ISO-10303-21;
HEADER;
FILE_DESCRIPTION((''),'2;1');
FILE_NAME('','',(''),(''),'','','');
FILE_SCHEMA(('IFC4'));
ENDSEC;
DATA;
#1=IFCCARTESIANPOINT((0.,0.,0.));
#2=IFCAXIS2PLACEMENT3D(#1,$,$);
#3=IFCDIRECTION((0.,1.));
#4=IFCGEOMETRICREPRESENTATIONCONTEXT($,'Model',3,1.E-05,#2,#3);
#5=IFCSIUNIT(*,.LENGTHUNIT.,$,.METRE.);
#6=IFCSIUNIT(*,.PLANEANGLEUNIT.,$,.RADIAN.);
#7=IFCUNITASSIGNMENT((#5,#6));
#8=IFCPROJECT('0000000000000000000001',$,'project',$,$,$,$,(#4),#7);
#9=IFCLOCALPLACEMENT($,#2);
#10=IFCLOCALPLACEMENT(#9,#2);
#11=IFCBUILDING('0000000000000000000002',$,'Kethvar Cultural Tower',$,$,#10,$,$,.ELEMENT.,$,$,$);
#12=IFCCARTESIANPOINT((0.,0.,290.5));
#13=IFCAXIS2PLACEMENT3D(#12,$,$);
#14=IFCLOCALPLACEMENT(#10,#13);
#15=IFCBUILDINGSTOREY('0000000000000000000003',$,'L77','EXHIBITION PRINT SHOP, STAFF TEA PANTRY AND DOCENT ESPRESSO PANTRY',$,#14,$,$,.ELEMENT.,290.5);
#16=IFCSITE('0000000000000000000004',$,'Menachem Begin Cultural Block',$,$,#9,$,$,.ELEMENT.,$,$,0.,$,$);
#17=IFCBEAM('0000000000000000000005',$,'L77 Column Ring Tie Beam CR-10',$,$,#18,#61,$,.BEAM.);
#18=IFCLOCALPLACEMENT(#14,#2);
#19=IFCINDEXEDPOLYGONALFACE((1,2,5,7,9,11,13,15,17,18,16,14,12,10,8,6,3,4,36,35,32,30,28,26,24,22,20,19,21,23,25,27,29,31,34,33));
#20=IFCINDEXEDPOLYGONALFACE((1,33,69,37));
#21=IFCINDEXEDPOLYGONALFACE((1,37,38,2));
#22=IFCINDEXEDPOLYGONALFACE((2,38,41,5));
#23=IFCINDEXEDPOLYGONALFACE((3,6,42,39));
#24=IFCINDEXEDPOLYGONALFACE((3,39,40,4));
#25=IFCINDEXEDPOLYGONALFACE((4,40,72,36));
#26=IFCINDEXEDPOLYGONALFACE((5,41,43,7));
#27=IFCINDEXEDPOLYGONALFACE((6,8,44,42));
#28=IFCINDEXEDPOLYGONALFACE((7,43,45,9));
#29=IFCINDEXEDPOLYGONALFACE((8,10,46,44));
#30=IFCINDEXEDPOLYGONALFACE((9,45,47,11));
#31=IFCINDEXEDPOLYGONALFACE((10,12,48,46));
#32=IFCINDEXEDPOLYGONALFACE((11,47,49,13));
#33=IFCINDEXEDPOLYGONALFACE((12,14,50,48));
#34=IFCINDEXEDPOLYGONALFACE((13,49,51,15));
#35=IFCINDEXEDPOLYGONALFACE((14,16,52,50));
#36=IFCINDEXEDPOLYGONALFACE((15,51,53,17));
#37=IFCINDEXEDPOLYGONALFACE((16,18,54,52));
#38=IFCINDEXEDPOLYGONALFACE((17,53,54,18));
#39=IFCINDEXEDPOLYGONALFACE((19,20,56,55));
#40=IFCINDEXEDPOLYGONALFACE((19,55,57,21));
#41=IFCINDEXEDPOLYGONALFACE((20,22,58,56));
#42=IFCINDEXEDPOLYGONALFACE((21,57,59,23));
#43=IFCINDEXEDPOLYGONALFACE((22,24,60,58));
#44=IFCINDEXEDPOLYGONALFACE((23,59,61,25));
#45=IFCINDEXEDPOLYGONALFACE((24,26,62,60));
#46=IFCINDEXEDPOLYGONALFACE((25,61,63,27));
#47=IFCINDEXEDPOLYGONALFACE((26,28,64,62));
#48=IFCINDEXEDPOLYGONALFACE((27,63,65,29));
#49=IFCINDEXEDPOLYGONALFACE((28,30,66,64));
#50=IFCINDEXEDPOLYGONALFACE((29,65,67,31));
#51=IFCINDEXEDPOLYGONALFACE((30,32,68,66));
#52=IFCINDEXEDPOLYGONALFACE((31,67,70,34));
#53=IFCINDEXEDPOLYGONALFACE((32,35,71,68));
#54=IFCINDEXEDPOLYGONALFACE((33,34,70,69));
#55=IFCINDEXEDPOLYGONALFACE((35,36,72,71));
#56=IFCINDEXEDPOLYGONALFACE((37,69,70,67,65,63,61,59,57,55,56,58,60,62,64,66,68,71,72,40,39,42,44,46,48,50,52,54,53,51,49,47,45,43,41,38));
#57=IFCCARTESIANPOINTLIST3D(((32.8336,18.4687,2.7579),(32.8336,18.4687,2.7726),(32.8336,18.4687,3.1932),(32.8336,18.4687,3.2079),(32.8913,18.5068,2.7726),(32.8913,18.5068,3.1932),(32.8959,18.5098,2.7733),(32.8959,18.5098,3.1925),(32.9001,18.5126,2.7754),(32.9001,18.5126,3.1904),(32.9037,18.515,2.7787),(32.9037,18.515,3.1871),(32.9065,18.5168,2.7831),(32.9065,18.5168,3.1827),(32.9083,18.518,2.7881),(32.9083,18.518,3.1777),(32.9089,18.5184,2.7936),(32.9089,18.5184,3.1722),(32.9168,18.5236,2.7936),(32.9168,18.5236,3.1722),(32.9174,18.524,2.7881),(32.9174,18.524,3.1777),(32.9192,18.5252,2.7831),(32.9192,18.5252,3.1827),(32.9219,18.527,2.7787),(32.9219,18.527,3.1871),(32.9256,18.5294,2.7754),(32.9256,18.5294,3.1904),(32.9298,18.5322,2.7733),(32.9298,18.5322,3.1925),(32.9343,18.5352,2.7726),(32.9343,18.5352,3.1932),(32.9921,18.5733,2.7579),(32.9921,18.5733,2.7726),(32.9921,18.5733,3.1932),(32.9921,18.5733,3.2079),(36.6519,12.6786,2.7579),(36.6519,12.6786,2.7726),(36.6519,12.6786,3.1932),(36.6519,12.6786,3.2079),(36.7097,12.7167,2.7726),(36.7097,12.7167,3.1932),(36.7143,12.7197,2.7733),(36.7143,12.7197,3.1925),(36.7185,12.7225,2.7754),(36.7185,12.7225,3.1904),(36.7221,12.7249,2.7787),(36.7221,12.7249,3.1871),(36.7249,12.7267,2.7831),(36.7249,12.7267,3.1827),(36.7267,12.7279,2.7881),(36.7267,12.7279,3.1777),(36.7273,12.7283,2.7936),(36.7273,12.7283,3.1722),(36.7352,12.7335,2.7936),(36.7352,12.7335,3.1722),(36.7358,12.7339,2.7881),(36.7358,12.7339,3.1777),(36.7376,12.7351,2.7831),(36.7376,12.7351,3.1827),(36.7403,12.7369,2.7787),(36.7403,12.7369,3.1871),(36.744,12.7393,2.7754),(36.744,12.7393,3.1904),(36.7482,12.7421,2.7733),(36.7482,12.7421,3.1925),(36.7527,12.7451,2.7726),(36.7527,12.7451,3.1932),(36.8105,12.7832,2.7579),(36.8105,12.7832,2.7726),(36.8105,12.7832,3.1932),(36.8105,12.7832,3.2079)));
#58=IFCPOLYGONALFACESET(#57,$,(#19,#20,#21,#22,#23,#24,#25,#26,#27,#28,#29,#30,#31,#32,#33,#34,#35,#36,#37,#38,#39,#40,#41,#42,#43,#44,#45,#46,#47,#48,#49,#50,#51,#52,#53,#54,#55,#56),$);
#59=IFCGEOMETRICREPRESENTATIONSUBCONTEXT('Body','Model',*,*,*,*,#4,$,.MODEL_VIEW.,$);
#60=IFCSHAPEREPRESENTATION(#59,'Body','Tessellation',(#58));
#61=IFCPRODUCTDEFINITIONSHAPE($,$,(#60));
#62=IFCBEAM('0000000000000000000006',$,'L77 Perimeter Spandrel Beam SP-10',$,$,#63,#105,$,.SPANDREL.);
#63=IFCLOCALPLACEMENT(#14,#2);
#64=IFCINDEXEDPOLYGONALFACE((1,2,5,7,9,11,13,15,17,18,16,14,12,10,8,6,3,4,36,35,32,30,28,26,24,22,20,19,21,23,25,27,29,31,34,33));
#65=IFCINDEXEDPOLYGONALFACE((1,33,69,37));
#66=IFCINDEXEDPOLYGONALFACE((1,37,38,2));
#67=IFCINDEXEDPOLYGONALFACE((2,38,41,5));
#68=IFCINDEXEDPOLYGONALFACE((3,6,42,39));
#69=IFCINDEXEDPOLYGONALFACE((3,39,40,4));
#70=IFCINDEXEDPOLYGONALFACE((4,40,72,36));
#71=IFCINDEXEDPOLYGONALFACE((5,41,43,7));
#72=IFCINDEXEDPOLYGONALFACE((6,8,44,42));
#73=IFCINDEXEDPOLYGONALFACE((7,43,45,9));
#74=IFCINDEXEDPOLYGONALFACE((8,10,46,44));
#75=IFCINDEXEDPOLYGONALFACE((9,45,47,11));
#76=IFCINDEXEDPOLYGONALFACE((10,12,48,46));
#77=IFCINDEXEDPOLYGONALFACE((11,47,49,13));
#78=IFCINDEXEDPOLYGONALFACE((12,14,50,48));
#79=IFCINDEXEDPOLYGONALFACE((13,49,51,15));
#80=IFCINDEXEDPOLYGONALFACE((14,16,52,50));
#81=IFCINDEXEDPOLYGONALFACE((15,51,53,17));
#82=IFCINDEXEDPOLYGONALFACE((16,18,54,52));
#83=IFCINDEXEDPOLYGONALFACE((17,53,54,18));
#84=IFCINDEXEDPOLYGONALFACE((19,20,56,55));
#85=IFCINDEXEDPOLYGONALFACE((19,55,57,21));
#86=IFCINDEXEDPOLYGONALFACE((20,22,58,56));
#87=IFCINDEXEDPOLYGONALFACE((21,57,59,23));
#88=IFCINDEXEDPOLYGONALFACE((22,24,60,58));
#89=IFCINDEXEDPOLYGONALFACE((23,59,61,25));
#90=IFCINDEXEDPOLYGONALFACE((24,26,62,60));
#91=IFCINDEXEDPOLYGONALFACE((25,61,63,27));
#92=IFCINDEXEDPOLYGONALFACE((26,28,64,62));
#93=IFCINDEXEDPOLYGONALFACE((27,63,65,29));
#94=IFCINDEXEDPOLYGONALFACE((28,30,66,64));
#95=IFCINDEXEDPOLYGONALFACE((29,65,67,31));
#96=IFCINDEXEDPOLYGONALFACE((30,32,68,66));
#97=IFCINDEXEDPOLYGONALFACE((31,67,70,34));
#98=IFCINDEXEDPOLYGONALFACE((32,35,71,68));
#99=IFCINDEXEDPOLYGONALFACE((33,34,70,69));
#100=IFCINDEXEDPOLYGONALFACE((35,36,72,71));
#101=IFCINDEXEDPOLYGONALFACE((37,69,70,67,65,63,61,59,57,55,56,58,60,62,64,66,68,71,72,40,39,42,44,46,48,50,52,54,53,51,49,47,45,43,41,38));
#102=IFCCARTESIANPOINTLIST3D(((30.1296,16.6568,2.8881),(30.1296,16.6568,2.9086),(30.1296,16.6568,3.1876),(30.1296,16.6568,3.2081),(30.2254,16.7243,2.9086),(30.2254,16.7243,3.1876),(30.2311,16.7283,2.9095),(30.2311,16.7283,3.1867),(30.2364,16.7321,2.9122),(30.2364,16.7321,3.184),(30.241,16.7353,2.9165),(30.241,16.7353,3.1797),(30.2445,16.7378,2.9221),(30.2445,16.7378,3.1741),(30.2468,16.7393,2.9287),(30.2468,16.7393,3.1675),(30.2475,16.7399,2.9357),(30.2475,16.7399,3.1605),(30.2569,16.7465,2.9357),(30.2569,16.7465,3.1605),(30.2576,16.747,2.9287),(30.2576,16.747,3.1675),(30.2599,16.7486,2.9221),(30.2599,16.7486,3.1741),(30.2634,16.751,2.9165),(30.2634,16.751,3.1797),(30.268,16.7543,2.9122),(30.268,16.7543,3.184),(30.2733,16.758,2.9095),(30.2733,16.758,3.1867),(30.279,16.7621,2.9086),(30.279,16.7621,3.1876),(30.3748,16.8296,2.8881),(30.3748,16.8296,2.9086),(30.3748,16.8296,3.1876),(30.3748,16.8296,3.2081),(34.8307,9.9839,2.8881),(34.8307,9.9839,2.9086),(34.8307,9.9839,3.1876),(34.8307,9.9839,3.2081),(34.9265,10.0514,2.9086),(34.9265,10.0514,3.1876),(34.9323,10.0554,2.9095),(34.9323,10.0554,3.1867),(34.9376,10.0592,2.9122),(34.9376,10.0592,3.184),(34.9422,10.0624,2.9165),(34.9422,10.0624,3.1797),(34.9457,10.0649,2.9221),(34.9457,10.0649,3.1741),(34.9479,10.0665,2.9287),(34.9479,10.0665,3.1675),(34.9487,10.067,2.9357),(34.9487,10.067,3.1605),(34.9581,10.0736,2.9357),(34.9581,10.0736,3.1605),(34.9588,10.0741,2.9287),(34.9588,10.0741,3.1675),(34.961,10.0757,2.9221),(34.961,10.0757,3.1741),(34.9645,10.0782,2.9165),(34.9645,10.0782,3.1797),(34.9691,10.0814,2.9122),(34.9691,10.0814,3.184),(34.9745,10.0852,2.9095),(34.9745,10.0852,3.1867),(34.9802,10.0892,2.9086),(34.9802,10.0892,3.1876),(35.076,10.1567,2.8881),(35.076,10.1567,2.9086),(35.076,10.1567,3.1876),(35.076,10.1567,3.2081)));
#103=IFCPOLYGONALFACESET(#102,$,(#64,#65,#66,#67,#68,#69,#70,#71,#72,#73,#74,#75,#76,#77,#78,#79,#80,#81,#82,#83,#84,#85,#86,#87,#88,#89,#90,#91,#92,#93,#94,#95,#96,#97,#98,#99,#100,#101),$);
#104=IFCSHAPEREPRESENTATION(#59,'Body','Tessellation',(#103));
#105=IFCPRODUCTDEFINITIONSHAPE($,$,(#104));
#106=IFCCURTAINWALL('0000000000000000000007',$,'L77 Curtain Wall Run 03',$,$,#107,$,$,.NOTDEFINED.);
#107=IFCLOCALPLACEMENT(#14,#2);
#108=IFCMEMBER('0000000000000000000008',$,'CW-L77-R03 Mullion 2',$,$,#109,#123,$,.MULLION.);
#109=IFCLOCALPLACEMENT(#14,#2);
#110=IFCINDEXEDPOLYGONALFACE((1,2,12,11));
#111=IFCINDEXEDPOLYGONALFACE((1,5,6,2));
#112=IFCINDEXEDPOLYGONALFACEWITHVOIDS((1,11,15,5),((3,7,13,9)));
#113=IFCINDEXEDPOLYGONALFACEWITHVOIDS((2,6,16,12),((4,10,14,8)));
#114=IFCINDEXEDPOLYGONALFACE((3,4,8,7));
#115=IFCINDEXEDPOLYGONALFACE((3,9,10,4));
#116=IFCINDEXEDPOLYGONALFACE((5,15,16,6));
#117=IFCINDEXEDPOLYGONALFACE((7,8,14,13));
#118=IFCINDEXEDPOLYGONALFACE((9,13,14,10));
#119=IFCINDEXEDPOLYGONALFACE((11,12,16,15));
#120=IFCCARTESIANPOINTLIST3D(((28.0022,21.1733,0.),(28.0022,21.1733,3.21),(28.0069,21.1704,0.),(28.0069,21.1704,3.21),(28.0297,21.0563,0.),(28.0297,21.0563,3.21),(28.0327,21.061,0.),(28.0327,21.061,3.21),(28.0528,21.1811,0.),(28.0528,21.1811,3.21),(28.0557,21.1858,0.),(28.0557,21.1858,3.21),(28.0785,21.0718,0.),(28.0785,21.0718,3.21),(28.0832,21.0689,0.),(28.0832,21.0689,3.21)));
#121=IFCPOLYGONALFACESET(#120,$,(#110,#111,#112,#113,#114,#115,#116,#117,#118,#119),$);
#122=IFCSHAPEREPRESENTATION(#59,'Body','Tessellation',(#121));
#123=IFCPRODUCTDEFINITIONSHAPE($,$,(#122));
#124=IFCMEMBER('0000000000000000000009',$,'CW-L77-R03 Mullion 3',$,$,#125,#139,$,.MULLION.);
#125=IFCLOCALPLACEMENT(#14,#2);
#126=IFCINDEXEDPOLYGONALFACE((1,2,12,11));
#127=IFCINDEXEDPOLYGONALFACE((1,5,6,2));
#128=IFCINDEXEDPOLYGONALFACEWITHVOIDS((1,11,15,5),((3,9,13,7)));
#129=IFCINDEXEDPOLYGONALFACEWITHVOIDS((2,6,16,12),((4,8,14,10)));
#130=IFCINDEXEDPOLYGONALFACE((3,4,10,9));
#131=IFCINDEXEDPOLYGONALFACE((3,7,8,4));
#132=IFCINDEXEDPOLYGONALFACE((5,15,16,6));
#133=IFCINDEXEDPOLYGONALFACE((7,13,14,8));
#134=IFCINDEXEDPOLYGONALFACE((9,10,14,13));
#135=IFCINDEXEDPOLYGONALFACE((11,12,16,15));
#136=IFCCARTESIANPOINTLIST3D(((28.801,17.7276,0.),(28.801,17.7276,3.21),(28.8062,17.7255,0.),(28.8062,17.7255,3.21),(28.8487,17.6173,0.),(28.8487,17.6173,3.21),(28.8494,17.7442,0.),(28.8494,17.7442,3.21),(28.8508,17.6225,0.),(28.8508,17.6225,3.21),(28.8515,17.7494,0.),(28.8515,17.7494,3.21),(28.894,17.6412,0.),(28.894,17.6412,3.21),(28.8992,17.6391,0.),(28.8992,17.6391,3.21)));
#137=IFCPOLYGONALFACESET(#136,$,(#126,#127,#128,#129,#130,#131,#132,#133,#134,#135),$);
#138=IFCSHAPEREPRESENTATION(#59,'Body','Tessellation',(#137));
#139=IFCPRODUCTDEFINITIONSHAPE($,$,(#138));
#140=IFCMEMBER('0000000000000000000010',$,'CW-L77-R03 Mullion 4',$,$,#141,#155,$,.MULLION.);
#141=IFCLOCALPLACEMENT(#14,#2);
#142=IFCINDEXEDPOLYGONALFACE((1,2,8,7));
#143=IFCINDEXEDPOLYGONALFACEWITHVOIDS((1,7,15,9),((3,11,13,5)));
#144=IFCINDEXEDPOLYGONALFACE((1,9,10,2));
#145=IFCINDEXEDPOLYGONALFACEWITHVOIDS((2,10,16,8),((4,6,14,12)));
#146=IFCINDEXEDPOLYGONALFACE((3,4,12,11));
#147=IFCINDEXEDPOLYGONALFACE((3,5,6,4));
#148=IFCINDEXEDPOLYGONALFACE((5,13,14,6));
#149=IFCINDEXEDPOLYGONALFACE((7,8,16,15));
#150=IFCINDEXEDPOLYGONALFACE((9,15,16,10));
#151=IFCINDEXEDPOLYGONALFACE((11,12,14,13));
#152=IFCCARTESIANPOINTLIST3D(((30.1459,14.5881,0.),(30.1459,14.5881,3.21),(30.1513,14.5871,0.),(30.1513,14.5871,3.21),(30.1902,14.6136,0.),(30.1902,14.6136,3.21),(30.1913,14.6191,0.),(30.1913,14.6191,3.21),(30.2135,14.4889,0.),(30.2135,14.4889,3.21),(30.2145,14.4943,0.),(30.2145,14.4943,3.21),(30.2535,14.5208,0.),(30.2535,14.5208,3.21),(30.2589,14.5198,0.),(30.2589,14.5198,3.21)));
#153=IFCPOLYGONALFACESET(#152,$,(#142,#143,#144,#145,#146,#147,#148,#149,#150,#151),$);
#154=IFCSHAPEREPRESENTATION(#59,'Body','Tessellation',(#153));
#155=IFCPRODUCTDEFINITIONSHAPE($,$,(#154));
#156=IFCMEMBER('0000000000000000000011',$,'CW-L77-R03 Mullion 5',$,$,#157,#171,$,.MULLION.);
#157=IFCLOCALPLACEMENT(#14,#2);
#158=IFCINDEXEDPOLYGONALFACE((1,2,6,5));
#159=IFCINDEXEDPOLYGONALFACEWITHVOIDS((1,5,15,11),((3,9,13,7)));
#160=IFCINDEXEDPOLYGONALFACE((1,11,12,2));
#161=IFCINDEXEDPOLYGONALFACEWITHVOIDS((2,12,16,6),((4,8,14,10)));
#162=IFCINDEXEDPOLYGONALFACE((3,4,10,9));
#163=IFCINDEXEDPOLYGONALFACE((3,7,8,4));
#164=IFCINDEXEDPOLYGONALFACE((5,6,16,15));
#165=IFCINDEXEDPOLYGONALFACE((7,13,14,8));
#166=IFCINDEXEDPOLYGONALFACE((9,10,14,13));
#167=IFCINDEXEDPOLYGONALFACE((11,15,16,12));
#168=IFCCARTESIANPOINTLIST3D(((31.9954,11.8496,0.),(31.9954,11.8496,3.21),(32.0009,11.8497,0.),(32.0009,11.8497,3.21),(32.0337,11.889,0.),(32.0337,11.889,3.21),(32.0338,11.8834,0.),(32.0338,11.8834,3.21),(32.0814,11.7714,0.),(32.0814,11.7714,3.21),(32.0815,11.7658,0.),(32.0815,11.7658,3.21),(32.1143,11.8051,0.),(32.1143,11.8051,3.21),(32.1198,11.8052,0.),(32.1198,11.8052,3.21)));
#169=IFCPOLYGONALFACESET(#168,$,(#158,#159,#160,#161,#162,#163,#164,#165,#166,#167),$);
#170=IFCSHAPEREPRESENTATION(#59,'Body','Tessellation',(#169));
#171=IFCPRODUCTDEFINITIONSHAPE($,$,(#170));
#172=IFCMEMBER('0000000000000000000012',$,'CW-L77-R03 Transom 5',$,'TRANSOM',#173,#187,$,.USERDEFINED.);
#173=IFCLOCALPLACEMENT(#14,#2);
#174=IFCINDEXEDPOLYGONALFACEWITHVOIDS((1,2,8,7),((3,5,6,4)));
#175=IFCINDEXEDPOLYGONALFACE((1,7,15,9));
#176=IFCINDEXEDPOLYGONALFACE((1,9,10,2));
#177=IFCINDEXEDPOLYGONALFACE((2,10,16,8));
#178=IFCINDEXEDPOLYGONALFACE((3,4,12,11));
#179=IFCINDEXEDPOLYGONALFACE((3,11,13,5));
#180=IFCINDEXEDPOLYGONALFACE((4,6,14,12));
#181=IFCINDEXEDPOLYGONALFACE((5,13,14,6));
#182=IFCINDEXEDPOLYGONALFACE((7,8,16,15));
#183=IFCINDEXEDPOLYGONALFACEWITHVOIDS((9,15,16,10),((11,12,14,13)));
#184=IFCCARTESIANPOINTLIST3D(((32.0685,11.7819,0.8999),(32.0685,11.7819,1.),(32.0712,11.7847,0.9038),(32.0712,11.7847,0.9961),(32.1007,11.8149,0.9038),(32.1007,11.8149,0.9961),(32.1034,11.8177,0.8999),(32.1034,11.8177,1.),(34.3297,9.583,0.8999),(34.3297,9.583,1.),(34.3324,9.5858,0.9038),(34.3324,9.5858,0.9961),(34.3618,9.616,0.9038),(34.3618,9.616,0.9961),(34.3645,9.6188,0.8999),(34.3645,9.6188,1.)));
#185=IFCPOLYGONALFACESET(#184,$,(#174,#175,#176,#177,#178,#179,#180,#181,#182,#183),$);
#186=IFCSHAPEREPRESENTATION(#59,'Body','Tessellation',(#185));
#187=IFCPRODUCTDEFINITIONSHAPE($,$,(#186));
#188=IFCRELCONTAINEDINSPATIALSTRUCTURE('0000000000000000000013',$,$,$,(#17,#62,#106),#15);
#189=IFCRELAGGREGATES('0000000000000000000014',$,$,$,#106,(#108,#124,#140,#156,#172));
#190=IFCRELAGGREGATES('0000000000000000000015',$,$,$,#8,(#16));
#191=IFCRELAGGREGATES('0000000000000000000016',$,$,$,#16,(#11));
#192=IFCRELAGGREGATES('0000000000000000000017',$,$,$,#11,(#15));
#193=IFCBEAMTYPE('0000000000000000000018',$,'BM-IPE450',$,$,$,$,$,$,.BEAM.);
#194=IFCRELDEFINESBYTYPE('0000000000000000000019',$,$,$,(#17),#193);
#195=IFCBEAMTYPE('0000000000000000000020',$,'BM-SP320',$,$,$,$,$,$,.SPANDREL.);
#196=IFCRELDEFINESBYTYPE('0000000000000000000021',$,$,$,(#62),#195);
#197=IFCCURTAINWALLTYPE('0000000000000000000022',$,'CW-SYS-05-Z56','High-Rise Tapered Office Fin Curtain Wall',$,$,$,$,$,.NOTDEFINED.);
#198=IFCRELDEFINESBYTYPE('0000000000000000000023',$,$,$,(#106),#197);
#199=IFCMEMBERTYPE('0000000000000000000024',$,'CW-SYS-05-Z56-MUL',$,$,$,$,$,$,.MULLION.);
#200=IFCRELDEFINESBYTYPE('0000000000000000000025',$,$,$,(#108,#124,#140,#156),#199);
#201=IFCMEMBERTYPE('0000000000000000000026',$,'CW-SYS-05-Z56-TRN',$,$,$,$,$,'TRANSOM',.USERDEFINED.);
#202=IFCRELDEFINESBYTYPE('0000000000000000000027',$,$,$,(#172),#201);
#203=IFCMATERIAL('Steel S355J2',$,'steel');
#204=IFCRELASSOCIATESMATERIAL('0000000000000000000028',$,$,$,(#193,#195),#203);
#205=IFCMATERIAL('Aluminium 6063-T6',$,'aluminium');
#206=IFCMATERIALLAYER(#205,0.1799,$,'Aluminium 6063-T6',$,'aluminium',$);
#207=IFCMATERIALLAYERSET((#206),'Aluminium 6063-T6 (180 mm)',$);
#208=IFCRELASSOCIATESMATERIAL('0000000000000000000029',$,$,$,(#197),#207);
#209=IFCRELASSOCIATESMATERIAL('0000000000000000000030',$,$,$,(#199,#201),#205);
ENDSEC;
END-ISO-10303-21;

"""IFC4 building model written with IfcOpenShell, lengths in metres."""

from ifc_helpers import new_model, si_unit, direction, frame, origin, origin_2d, place, context, subcontext, project, spatial, hollow_rectangle, i_section, extrude, source, transform, mapped, material, layer, layer_set, material_profile, profile_set, type_object, element, aggregate, save


model = new_model("IFC4")

# Units and contexts
model_context = context("Model", 3, precision=1e-05, world=origin(), true_north=direction((0.0, 1.0)))
body_context = subcontext(model_context, "Body", "Model", "MODEL_VIEW")
ifc_project = project(units=[si_unit("LENGTHUNIT", "METRE"), si_unit("PLANEANGLEUNIT", "RADIAN")], contexts=[model_context])

# Site, building, storey
site_placement = place(None, origin())
site = spatial("IfcSite", under=ifc_project, at=site_placement, Name="Menachem Begin Cultural Block", CompositionType="ELEMENT", RefElevation=0.0)
building_placement = place(site_placement, origin())
building = spatial("IfcBuilding", under=site, at=building_placement, Name="Kethvar Cultural Tower", CompositionType="ELEMENT")
storey_placement = place(building_placement, frame((0.0, 0.0, 290.5)))
storey = spatial("IfcBuildingStorey", under=building, at=storey_placement, Name="L77", Description="EXHIBITION PRINT SHOP, STAFF TEA PANTRY AND DOCENT ESPRESSO PANTRY", CompositionType="ELEMENT", Elevation=290.5)

# Shared definitions
ifc_material_1 = material(Name="Steel S355J2", Category="steel")

# Beams
ifc_material_profile_1 = material_profile(ifc_material_1, i_section(OverallWidth=0.1899, OverallDepth=0.45, WebThickness=0.0095, FlangeThickness=0.0146, FilletRadius=0.021, at=origin_2d()), Name="Steel S355J2 — IPE450")
ifc_profile_set_1 = profile_set([ifc_material_profile_1], Name="Steel S355J2 — IPE450")
beam_type_1 = type_object("IfcBeamType", Name="BM-IPE450", PredefinedType="BEAM", material=ifc_profile_set_1)
ifc_material_profile_2 = material_profile(ifc_material_1, i_section(OverallWidth=0.3, OverallDepth=0.3201, WebThickness=0.0115, FlangeThickness=0.0205, FilletRadius=0.0271, at=origin_2d()), Name="Steel S355J2 — HEB320")
ifc_profile_set_2 = profile_set([ifc_material_profile_2], Name="Steel S355J2 — HEB320")
beam_type_2 = type_object("IfcBeamType", Name="BM-SP320", PredefinedType="SPANDREL", material=ifc_profile_set_2)
shared_shape_1 = source(origin(), body_context, "Body", "SweptSolid", [
    extrude(i_section(OverallWidth=0.1899, OverallDepth=0.45, WebThickness=0.0095, FlangeThickness=0.0146, FilletRadius=0.021, at=origin_2d()), origin(), (0.0, 0.0, 1.0), 6.9358),
])
beam_1_placement = place(storey_placement, frame((32.9128, 18.521, 2.9829), z_axis=(0.550534, -0.834813, 0.0), x_axis=(0.834813, 0.550534, 0.0)))
element("IfcBeam", 1, at=beam_1_placement, inside=storey, type_object=beam_type_1, Name="L77 Column Ring Tie Beam CR-10", PredefinedType="BEAM", context=body_context, shape_type="MappedRepresentation", body=[
    mapped(shared_shape_1, transform((0.0, 0.0, 0.0), scale=1.0)),
])
shared_shape_2 = source(origin(), body_context, "Body", "SweptSolid", [
    extrude(i_section(OverallWidth=0.3, OverallDepth=0.3201, WebThickness=0.0115, FlangeThickness=0.0205, FilletRadius=0.0271, at=origin_2d()), origin(), (0.0, 0.0, 1.0), 8.1626),
])
beam_2_placement = place(storey_placement, frame((30.2522, 16.7432, 3.0481), z_axis=(0.575941, -0.817491, 0.0), x_axis=(0.817491, 0.575941, 0.0)))
element("IfcBeam", 2, at=beam_2_placement, inside=storey, type_object=beam_type_2, Name="L77 Perimeter Spandrel Beam SP-10", PredefinedType="SPANDREL", context=body_context, shape_type="MappedRepresentation", body=[
    mapped(shared_shape_2, transform((0.0, 0.0, 0.0), scale=1.0)),
])

# Curtain wall, members
ifc_material_2 = material(Name="Aluminium 6063-T6", Category="aluminium")
ifc_layer_1 = layer(ifc_material_2, 0.1799, Name="Aluminium 6063-T6", Category="aluminium")
ifc_layer_set_1 = layer_set([ifc_layer_1], Name="Aluminium 6063-T6 (180 mm)")
curtain_wall_type = type_object("IfcCurtainWallType", Name="CW-SYS-05-Z56", Description="High-Rise Tapered Office Fin Curtain Wall", PredefinedType="NOTDEFINED", material=ifc_layer_set_1)
curtain_wall_placement = place(storey_placement, origin())
curtain_wall = element("IfcCurtainWall", 3, at=curtain_wall_placement, inside=storey, type_object=curtain_wall_type, Name="L77 Curtain Wall Run 03", PredefinedType="NOTDEFINED")
ifc_material_profile_3 = material_profile(ifc_material_2, hollow_rectangle(XDim=0.0549, YDim=0.1201, WallThickness=0.0039, at=origin_2d()), Name="Aluminium 6063-T6 — RHS120x55x4")
ifc_profile_set_3 = profile_set([ifc_material_profile_3], Name="Aluminium 6063-T6 — RHS120x55x4")
member_type_1 = type_object("IfcMemberType", Name="CW-SYS-05-Z56-MUL", PredefinedType="MULLION", material=ifc_profile_set_3)
shared_shape_3 = source(origin(), body_context, "Body", "SweptSolid", [
    extrude(hollow_rectangle(XDim=0.0549, YDim=0.1201, WallThickness=0.0039, at=origin_2d()), origin(), (0.0, 0.0, 1.0), 3.21),
])
member_1_placement = place(storey_placement, frame((28.0427, 21.1211, 0.0), z_axis=(0.0, 0.0, 1.0), x_axis=(0.973407, 0.229081, 0.0)))
member_1 = element("IfcMember", 4, at=member_1_placement, type_object=member_type_1, Name="CW-L77-R03 Mullion 2", PredefinedType="MULLION", context=body_context, shape_type="MappedRepresentation", body=[
    mapped(shared_shape_3, transform((0.0, 0.0, 0.0), scale=1.0)),
])
member_2_placement = place(storey_placement, frame((28.8501, 17.6833, 0.0), z_axis=(0.0, 0.0, 1.0), x_axis=(0.917762, 0.397132, 0.0)))
member_2 = element("IfcMember", 5, at=member_2_placement, type_object=member_type_1, Name="CW-L77-R03 Mullion 3", PredefinedType="MULLION", context=body_context, shape_type="MappedRepresentation", body=[
    mapped(shared_shape_3, transform((0.0, 0.0, 0.0), scale=1.0)),
])
member_3_placement = place(storey_placement, frame((30.2024, 14.554, 0.0), z_axis=(0.0, 0.0, 1.0), x_axis=(0.826413, 0.563065, 0.0)))
member_3 = element("IfcMember", 6, at=member_3_placement, type_object=member_type_1, Name="CW-L77-R03 Mullion 4", PredefinedType="MULLION", context=body_context, shape_type="MappedRepresentation", body=[
    mapped(shared_shape_3, transform((0.0, 0.0, 0.0), scale=1.0)),
])
member_4_placement = place(storey_placement, frame((32.0576, 11.8274, 0.0), z_axis=(0.0, 0.0, 1.0), x_axis=(0.697178, 0.716898, 0.0)))
member_4 = element("IfcMember", 7, at=member_4_placement, type_object=member_type_1, Name="CW-L77-R03 Mullion 5", PredefinedType="MULLION", context=body_context, shape_type="MappedRepresentation", body=[
    mapped(shared_shape_3, transform((0.0, 0.0, 0.0), scale=1.0)),
])
ifc_material_profile_4 = material_profile(ifc_material_2, hollow_rectangle(XDim=0.05, YDim=0.1001, WallThickness=0.0039, at=origin_2d()), Name="Aluminium 6063-T6 — RHS100x50x4")
ifc_profile_set_4 = profile_set([ifc_material_profile_4], Name="Aluminium 6063-T6 — RHS100x50x4")
member_type_2 = type_object("IfcMemberType", Name="CW-SYS-05-Z56-TRN", ElementType="TRANSOM", PredefinedType="USERDEFINED", material=ifc_profile_set_4)
shared_shape_4 = source(origin(), body_context, "Body", "SweptSolid", [
    extrude(hollow_rectangle(XDim=0.05, YDim=0.1001, WallThickness=0.0039, at=origin_2d()), origin(), (0.0, 0.0, 1.0), 3.1541),
])
member_5_placement = place(storey_placement, frame((32.0859, 11.7998, 0.95), z_axis=(0.716907, -0.697169, 0.0), x_axis=(0.697169, 0.716907, 0.0)))
member_5 = element("IfcMember", 8, at=member_5_placement, type_object=member_type_2, Name="CW-L77-R03 Transom 5", ObjectType="TRANSOM", PredefinedType="USERDEFINED", context=body_context, shape_type="MappedRepresentation", body=[
    mapped(shared_shape_4, transform((0.0, 0.0, 0.0), scale=1.0)),
])
aggregate(curtain_wall, [member_1, member_2, member_3, member_4, member_5])

save(model, "model.ifc")
